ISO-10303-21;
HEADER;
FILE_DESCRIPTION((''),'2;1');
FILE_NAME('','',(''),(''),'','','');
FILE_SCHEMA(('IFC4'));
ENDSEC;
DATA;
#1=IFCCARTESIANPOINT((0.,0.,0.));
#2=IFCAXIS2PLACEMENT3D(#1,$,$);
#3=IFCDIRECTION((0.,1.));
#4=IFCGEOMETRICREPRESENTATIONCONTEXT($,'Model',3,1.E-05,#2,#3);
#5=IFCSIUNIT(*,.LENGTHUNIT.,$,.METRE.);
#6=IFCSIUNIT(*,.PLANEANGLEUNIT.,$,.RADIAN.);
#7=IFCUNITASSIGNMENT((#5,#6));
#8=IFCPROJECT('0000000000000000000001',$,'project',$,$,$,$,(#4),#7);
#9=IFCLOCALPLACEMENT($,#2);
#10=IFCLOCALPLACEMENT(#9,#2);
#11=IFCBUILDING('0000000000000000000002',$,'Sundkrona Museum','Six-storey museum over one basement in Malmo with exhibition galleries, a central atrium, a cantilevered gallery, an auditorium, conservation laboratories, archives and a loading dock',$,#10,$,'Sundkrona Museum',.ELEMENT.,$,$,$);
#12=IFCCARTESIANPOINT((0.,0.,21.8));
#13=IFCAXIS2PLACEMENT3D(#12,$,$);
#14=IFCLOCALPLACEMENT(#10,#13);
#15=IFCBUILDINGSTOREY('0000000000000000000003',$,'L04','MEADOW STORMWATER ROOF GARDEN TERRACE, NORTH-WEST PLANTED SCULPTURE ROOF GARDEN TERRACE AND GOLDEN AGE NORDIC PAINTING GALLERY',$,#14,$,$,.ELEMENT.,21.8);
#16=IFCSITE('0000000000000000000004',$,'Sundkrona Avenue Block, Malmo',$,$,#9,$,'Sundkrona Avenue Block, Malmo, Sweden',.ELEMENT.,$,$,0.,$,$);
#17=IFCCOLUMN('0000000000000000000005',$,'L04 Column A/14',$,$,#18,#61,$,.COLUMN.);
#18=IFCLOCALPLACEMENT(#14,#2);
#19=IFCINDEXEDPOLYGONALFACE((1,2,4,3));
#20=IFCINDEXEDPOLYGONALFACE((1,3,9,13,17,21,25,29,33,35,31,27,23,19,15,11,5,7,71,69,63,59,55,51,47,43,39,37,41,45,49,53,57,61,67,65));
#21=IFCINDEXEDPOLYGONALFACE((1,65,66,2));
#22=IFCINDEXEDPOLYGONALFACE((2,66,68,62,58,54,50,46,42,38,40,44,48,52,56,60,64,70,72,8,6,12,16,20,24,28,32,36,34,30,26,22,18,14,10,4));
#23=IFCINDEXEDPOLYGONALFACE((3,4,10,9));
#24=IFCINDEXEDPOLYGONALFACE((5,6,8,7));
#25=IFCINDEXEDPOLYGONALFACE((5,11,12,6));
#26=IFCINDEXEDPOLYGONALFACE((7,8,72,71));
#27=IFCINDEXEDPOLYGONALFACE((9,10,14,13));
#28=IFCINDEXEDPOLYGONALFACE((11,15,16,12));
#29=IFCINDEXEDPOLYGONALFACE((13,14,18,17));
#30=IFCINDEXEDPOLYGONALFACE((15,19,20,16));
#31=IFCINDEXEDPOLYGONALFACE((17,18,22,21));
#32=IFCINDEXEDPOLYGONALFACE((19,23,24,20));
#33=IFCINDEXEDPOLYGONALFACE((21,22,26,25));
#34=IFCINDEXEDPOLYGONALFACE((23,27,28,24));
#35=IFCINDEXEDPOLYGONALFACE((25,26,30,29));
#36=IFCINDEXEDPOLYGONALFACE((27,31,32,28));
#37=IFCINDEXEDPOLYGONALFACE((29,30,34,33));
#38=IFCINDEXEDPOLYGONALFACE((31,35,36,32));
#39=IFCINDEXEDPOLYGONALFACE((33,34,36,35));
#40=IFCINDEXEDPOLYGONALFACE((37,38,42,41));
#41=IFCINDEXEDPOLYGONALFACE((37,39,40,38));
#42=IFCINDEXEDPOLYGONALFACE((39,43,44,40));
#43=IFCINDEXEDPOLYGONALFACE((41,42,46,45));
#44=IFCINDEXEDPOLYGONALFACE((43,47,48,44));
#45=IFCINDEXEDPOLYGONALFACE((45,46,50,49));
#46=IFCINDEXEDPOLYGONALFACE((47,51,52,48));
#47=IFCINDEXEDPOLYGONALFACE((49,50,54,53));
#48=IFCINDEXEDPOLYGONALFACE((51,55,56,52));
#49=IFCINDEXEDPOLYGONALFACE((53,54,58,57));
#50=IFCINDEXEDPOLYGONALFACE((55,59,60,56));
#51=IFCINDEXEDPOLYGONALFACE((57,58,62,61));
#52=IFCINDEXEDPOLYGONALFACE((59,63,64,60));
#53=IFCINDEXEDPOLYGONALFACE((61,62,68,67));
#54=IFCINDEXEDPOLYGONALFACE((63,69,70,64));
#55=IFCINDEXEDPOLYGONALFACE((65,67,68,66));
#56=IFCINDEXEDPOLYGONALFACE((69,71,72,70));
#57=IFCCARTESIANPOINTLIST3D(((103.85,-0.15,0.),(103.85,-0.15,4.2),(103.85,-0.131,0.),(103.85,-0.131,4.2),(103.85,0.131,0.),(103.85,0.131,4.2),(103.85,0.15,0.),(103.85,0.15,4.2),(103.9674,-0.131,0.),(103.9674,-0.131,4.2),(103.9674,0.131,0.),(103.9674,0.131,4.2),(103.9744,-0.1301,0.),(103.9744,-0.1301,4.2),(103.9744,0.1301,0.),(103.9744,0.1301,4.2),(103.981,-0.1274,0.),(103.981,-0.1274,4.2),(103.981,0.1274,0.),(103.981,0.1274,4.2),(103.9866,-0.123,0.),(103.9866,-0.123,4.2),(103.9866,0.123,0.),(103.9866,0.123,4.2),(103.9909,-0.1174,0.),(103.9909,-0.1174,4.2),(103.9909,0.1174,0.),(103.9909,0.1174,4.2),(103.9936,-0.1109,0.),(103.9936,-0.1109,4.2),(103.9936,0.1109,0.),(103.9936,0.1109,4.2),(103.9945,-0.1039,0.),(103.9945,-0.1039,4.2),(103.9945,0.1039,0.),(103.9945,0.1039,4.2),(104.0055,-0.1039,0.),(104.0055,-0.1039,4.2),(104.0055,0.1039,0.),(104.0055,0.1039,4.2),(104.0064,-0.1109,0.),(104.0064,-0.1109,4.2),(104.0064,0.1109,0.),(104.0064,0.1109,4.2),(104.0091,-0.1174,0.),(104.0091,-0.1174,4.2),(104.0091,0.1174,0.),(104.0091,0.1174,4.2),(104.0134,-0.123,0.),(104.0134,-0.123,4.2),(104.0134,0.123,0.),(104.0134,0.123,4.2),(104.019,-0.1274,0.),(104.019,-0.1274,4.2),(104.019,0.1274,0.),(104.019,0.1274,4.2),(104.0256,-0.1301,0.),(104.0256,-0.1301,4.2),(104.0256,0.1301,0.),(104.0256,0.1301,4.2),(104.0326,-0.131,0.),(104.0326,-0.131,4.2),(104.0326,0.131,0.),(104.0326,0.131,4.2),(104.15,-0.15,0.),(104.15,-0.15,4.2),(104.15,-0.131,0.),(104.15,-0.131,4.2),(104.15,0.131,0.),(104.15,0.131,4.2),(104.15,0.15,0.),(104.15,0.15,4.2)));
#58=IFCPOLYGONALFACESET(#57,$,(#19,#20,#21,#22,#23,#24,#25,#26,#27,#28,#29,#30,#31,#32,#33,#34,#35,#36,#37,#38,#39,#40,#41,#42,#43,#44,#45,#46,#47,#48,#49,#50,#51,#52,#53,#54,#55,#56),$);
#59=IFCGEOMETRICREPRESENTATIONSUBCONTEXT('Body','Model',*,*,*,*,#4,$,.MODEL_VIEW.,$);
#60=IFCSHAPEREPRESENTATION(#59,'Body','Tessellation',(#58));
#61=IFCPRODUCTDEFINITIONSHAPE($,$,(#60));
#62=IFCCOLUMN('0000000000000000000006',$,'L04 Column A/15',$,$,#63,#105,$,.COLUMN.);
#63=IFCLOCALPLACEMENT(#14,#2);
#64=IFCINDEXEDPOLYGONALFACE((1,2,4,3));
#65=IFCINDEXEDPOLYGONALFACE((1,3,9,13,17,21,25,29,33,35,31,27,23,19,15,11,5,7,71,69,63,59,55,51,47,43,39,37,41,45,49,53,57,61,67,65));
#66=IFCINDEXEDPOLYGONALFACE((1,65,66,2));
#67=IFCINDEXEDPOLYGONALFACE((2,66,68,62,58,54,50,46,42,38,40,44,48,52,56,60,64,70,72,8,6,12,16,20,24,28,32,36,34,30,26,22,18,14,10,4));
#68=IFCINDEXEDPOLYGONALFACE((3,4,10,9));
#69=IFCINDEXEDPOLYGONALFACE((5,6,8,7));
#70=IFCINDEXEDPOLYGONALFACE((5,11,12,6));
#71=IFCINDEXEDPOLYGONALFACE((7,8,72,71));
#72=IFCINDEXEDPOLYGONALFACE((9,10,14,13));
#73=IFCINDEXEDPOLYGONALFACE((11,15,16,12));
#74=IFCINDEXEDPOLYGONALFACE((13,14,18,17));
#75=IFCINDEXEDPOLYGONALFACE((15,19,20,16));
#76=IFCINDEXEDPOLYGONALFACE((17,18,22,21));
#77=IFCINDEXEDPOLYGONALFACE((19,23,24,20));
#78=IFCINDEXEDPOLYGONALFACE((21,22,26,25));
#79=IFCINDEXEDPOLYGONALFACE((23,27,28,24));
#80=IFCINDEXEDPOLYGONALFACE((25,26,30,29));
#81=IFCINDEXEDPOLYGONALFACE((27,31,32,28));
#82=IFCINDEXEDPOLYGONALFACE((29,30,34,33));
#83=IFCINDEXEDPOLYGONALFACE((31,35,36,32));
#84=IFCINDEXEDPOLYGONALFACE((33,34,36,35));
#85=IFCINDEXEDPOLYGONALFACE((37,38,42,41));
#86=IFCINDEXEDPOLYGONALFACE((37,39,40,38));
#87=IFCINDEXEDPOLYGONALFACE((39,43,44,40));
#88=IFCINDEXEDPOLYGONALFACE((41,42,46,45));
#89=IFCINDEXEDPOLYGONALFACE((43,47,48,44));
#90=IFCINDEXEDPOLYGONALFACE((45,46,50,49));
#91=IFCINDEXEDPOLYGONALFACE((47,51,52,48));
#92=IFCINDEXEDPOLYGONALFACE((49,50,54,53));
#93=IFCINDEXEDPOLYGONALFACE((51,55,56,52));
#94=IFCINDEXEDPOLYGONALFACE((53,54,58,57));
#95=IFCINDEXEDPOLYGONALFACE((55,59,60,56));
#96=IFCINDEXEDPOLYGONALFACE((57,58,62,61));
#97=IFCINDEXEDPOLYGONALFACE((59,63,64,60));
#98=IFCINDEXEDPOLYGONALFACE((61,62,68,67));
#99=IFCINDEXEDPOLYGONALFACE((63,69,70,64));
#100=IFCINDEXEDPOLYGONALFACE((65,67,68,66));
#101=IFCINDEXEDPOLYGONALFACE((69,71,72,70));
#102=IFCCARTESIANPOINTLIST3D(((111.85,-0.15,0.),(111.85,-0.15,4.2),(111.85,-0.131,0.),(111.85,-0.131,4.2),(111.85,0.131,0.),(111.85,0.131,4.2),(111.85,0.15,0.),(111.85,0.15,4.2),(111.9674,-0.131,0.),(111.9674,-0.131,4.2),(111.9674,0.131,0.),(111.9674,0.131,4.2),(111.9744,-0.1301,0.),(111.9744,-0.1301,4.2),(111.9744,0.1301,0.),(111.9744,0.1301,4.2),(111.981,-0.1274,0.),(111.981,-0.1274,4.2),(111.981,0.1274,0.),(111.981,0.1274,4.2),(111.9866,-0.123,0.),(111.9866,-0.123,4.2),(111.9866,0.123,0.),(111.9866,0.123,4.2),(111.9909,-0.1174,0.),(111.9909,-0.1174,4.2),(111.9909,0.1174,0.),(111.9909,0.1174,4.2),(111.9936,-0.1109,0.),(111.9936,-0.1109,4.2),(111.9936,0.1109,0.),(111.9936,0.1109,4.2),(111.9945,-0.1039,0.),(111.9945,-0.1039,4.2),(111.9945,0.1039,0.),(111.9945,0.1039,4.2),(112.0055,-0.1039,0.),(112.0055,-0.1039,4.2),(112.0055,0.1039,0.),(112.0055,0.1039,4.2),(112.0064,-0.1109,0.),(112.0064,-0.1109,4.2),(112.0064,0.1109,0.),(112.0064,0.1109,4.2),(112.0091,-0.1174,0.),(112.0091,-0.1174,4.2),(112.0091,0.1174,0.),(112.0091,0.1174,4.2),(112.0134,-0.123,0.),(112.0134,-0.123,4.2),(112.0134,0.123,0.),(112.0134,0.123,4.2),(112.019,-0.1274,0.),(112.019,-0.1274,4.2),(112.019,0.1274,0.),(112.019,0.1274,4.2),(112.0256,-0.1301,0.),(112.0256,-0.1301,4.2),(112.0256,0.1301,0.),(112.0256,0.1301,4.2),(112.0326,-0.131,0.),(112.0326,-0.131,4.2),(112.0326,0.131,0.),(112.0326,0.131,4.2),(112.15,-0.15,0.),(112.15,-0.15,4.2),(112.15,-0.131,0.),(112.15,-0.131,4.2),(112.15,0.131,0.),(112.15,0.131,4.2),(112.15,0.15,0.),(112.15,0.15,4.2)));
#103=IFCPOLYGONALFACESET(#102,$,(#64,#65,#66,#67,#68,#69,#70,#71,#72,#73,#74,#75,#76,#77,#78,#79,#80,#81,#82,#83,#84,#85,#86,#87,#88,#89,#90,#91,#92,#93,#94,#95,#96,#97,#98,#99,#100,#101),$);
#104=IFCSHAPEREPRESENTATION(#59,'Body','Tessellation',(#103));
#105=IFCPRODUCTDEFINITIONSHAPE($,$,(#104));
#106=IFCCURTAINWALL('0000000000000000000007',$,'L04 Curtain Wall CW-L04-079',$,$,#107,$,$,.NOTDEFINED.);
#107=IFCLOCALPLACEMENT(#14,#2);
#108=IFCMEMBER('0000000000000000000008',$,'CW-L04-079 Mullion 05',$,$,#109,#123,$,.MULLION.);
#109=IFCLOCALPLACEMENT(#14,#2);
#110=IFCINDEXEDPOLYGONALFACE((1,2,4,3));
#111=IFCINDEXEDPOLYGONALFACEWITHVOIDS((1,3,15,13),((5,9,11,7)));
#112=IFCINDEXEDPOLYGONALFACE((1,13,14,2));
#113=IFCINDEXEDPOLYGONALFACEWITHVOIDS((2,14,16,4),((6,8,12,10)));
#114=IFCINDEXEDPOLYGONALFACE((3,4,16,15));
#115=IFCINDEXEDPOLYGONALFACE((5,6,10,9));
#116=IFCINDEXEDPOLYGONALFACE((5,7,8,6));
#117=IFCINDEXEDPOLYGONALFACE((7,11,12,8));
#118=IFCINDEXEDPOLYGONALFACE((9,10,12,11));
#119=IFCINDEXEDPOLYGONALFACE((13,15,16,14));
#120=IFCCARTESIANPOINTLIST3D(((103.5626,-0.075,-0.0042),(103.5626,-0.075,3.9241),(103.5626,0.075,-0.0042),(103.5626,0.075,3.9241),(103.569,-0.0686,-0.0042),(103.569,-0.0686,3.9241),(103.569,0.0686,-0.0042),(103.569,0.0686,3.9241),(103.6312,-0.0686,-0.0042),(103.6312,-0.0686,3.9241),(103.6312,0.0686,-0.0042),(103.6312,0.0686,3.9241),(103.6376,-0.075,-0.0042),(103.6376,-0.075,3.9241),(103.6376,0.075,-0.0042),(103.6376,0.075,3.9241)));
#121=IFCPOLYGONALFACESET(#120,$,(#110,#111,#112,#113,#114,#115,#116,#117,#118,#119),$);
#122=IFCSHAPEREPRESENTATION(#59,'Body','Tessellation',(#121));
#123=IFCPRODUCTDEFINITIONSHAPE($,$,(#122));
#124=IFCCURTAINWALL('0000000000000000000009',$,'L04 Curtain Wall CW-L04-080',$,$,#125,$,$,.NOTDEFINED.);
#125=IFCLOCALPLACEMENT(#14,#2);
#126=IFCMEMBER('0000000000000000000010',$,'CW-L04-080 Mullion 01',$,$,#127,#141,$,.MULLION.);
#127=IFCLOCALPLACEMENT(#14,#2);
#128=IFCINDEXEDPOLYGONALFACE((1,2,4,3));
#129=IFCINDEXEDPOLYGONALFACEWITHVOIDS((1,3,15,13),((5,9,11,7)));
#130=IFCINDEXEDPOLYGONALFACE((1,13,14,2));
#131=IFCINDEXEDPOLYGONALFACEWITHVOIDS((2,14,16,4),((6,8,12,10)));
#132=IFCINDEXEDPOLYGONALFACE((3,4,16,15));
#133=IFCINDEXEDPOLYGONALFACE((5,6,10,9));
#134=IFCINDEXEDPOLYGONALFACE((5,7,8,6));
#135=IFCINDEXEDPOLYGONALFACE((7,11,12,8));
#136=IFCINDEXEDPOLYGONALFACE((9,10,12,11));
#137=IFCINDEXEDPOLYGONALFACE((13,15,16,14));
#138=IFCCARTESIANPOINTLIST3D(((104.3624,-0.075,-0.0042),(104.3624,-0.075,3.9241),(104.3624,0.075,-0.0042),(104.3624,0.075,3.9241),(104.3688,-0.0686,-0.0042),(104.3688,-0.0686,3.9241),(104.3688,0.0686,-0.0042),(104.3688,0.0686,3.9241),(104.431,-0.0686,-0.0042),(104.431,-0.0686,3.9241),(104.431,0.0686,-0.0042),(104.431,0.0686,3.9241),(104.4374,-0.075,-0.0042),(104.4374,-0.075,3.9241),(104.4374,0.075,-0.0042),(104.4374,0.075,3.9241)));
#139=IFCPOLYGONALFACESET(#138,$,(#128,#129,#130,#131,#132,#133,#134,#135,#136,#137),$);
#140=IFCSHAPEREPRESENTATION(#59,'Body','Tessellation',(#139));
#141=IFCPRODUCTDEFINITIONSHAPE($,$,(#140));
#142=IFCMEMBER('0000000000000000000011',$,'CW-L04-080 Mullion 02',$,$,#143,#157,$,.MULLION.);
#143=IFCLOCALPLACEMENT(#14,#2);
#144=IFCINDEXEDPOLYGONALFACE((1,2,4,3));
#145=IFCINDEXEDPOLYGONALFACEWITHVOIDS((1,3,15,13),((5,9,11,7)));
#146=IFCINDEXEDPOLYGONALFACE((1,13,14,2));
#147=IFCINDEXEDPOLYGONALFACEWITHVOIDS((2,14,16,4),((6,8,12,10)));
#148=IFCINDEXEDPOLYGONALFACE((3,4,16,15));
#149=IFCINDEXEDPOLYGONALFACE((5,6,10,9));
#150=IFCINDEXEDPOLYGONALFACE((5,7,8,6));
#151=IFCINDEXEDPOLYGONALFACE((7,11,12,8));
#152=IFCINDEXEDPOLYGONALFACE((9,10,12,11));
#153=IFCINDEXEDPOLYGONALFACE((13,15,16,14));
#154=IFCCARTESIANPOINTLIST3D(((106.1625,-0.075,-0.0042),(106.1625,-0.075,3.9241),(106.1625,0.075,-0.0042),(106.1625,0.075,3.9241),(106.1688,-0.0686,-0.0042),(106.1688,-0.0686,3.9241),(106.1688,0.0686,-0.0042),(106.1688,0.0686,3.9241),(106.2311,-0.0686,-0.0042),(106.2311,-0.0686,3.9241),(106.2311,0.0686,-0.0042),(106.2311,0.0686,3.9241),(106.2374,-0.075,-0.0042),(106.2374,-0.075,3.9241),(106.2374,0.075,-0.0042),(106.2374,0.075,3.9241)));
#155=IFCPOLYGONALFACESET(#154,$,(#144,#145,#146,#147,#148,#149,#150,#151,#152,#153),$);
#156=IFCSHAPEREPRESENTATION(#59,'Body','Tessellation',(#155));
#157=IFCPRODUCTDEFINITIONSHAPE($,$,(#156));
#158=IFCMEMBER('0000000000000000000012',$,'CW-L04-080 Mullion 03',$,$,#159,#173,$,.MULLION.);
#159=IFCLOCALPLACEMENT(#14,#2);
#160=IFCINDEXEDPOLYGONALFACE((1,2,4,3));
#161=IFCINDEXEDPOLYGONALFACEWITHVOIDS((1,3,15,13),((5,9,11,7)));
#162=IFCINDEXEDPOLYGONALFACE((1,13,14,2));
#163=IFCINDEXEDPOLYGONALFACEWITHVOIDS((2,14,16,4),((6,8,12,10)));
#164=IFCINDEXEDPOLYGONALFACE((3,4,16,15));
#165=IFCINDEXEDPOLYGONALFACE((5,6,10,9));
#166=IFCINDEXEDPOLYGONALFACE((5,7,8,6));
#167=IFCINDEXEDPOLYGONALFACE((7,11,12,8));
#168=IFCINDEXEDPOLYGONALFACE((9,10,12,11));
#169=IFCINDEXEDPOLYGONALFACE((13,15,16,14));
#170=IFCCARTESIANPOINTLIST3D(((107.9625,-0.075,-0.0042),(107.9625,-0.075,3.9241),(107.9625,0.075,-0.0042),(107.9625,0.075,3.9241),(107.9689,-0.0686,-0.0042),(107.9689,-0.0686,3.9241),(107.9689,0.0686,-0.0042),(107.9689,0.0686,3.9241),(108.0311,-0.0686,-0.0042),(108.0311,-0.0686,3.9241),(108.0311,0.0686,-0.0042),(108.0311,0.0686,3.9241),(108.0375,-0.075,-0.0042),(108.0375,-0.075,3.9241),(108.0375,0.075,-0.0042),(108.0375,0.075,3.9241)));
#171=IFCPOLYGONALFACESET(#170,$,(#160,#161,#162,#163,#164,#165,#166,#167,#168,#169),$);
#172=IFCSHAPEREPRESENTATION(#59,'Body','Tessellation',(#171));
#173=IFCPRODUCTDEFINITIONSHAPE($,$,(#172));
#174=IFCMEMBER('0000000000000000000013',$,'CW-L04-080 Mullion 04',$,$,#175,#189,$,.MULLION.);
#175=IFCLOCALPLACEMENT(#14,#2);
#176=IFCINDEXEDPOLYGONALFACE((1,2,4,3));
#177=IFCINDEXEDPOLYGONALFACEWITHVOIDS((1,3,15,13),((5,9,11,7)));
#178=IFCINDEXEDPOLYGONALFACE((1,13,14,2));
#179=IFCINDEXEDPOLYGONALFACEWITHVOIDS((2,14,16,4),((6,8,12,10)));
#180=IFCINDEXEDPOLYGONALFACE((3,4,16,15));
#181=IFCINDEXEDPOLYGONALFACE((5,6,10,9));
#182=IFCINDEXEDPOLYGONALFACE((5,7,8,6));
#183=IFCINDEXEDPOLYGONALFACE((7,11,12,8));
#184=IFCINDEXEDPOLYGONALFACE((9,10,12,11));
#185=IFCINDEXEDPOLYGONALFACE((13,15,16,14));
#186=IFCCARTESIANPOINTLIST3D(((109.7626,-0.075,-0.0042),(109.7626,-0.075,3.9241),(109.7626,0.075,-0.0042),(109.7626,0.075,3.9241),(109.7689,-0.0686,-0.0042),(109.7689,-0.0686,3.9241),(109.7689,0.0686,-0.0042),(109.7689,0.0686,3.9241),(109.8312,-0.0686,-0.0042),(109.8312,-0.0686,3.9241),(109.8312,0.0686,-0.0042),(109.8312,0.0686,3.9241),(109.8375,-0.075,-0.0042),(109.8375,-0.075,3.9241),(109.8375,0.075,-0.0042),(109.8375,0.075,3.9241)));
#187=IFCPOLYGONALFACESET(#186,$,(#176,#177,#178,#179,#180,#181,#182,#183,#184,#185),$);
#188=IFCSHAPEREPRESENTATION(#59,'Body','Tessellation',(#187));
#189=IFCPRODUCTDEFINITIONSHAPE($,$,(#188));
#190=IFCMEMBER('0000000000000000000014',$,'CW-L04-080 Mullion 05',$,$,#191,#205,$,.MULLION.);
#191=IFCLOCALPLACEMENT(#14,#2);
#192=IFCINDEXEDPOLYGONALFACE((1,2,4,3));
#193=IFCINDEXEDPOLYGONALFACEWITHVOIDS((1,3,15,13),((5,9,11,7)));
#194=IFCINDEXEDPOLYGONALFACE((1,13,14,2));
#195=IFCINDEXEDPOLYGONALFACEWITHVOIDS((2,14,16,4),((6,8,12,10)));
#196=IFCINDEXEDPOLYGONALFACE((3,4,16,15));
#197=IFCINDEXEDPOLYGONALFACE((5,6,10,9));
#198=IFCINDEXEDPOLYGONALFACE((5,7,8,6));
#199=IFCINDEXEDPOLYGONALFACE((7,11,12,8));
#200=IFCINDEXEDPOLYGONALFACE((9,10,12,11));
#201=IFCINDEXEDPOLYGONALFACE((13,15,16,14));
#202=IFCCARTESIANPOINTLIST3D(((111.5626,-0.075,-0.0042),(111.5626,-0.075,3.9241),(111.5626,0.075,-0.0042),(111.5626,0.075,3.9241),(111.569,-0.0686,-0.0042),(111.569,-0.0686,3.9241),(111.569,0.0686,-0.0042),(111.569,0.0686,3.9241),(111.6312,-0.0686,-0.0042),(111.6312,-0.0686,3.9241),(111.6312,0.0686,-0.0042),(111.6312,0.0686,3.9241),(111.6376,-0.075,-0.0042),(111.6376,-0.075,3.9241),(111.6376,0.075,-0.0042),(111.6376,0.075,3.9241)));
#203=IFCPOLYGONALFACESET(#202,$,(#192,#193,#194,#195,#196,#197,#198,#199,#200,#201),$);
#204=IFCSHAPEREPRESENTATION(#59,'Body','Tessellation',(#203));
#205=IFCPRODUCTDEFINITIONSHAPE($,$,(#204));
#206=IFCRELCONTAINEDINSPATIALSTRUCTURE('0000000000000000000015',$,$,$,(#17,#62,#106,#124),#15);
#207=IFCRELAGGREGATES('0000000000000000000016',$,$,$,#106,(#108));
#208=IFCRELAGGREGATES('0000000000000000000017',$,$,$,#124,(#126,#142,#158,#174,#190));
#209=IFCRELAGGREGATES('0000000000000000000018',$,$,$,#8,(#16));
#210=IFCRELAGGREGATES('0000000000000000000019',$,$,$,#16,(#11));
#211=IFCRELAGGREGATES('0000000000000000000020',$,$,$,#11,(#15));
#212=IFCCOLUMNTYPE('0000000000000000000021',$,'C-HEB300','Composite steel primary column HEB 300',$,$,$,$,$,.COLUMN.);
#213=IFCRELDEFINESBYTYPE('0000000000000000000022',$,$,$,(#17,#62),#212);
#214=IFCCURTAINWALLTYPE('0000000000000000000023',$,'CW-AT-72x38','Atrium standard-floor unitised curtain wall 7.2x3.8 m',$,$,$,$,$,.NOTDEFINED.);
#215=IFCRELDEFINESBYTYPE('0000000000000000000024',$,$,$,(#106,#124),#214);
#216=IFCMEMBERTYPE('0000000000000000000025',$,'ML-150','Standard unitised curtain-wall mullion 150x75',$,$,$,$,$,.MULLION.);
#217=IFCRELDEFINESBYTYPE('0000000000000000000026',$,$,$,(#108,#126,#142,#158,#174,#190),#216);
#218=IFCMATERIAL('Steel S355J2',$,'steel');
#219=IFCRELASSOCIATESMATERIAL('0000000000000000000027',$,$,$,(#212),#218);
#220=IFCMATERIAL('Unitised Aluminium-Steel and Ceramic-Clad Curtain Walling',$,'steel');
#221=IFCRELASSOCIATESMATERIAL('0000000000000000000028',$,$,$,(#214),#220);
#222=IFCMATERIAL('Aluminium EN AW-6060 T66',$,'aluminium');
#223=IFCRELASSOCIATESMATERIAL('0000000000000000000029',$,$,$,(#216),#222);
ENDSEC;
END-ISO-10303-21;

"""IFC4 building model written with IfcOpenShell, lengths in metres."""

from ifc_helpers import new_model, si_unit, direction, frame, origin, origin_2d, place, context, subcontext, project, spatial, hollow_rectangle, i_section, extrude, material, material_profile, profile_set, type_object, element, aggregate, save


model = new_model("IFC4")

# Units and contexts
model_context = context("Model", 3, precision=1e-05, world=origin(), true_north=direction((0.0, 1.0)))
body_context = subcontext(model_context, "Body", "Model", "MODEL_VIEW")
ifc_project = project(units=[si_unit("LENGTHUNIT", "METRE"), si_unit("PLANEANGLEUNIT", "RADIAN")], contexts=[model_context])

# Site, building, storey
site_placement = place(None, origin())
site = spatial("IfcSite", under=ifc_project, at=site_placement, Name="Sundkrona Avenue Block, Malmo", LongName="Sundkrona Avenue Block, Malmo, Sweden", CompositionType="ELEMENT", RefElevation=0.0)
building_placement = place(site_placement, origin())
building = spatial("IfcBuilding", under=site, at=building_placement, Name="Sundkrona Museum", Description="Six-storey museum over one basement in Malmo with exhibition galleries, a central atrium, a cantilevered gallery, an auditorium, conservation laboratories, archives and a loading dock", LongName="Sundkrona Museum", CompositionType="ELEMENT")
storey_placement = place(building_placement, frame((0.0, 0.0, 21.8)))
storey = spatial("IfcBuildingStorey", under=building, at=storey_placement, Name="L04", Description="MEADOW STORMWATER ROOF GARDEN TERRACE, NORTH-WEST PLANTED SCULPTURE ROOF GARDEN TERRACE AND GOLDEN AGE NORDIC PAINTING GALLERY", CompositionType="ELEMENT", Elevation=21.8)

# Columns
ifc_material_1 = material(Name="Steel S355J2", Category="steel")
ifc_material_profile_1 = material_profile(ifc_material_1, i_section(OverallWidth=0.3, OverallDepth=0.3, WebThickness=0.011, FlangeThickness=0.019, FilletRadius=0.0271, at=origin_2d()), Name="HEB 300")
ifc_profile_set_1 = profile_set([ifc_material_profile_1], Name="Steel S355J2")
column_type = type_object("IfcColumnType", Name="C-HEB300", Description="Composite steel primary column HEB 300", PredefinedType="COLUMN", material=ifc_profile_set_1)
for number, where, z_axis, x_axis, name in (
    (1, (104.0, 0.0, 0.0), (0.0, 0.0, 1.0), (1.0, 0.0, 0.0), "L04 Column A/14"),
    (2, (112.0, 0.0, 0.0), (0.0, 0.0, 1.0), (1.0, 0.0, 0.0), "L04 Column A/15"),
):
    element("IfcColumn", number, at=place(storey_placement, frame(where, z_axis=z_axis, x_axis=x_axis)), inside=storey, type_object=column_type, Name=name, PredefinedType="COLUMN", context=body_context, shape_type="SweptSolid", body=[
        extrude(i_section(OverallWidth=0.3, OverallDepth=0.3, WebThickness=0.011, FlangeThickness=0.019, FilletRadius=0.0271, at=origin_2d()), origin(), (0.0, 0.0, 1.0), 4.2),
    ])

# Curtain wall, member
ifc_material_2 = material(Name="Unitised Aluminium-Steel and Ceramic-Clad Curtain Walling", Category="steel")
curtain_wall_type = type_object("IfcCurtainWallType", Name="CW-AT-72x38", Description="Atrium standard-floor unitised curtain wall 7.2x3.8 m", PredefinedType="NOTDEFINED", material=ifc_material_2)
curtain_wall_1_placement = place(storey_placement, origin())
curtain_wall_1 = element("IfcCurtainWall", 3, at=curtain_wall_1_placement, inside=storey, type_object=curtain_wall_type, Name="L04 Curtain Wall CW-L04-079", PredefinedType="NOTDEFINED")
ifc_material_3 = material(Name="Aluminium EN AW-6060 T66", Category="aluminium")
ifc_material_profile_2 = material_profile(ifc_material_3, hollow_rectangle(XDim=0.075, YDim=0.1499, WallThickness=0.0063, at=origin_2d()), Name="RHS 150x75x6.3")
ifc_profile_set_2 = profile_set([ifc_material_profile_2], Name="Aluminium EN AW-6060 T66")
member_type_1 = type_object("IfcMemberType", Name="ML-150", Description="Standard unitised curtain-wall mullion 150x75", PredefinedType="MULLION", material=ifc_profile_set_2)
member_1_placement = place(storey_placement, frame((103.6001, 0.0, -0.0042), z_axis=(0.0, 0.0, 1.0), x_axis=(1.0, 0.0, 0.0)))
member_1 = element("IfcMember", 4, at=member_1_placement, type_object=member_type_1, Name="CW-L04-079 Mullion 05", PredefinedType="MULLION", context=body_context, shape_type="SweptSolid", body=[
    extrude(hollow_rectangle(XDim=0.075, YDim=0.1499, WallThickness=0.0063, at=origin_2d()), origin(), (0.0, 0.0, 1.0), 3.9282),
])

# Curtain wall, members
curtain_wall_2_placement = place(storey_placement, origin())
curtain_wall_2 = element("IfcCurtainWall", 5, at=curtain_wall_2_placement, inside=storey, type_object=curtain_wall_type, Name="L04 Curtain Wall CW-L04-080", PredefinedType="NOTDEFINED")
member_2_placement = place(storey_placement, frame((104.3999, 0.0, -0.0042), z_axis=(0.0, 0.0, 1.0), x_axis=(1.0, 0.0, 0.0)))
member_2 = element("IfcMember", 6, at=member_2_placement, type_object=member_type_1, Name="CW-L04-080 Mullion 01", PredefinedType="MULLION", context=body_context, shape_type="SweptSolid", body=[
    extrude(hollow_rectangle(XDim=0.075, YDim=0.1499, WallThickness=0.0063, at=origin_2d()), origin(), (0.0, 0.0, 1.0), 3.9282),
])
member_3_placement = place(storey_placement, frame((106.2, 0.0, -0.0042), z_axis=(0.0, 0.0, 1.0), x_axis=(1.0, 0.0, 0.0)))
member_3 = element("IfcMember", 7, at=member_3_placement, type_object=member_type_1, Name="CW-L04-080 Mullion 02", PredefinedType="MULLION", context=body_context, shape_type="SweptSolid", body=[
    extrude(hollow_rectangle(XDim=0.075, YDim=0.1499, WallThickness=0.0063, at=origin_2d()), origin(), (0.0, 0.0, 1.0), 3.9282),
])
member_4_placement = place(storey_placement, frame((108.0, 0.0, -0.0042), z_axis=(0.0, 0.0, 1.0), x_axis=(1.0, 0.0, 0.0)))
member_4 = element("IfcMember", 8, at=member_4_placement, type_object=member_type_1, Name="CW-L04-080 Mullion 03", PredefinedType="MULLION", context=body_context, shape_type="SweptSolid", body=[
    extrude(hollow_rectangle(XDim=0.075, YDim=0.1499, WallThickness=0.0063, at=origin_2d()), origin(), (0.0, 0.0, 1.0), 3.9282),
])
member_5_placement = place(storey_placement, frame((109.8, 0.0, -0.0042), z_axis=(0.0, 0.0, 1.0), x_axis=(1.0, 0.0, 0.0)))
member_5 = element("IfcMember", 9, at=member_5_placement, type_object=member_type_1, Name="CW-L04-080 Mullion 04", PredefinedType="MULLION", context=body_context, shape_type="SweptSolid", body=[
    extrude(hollow_rectangle(XDim=0.075, YDim=0.1499, WallThickness=0.0063, at=origin_2d()), origin(), (0.0, 0.0, 1.0), 3.9282),
])
member_6_placement = place(storey_placement, frame((111.6001, 0.0, -0.0042), z_axis=(0.0, 0.0, 1.0), x_axis=(1.0, 0.0, 0.0)))
member_6 = element("IfcMember", 10, at=member_6_placement, type_object=member_type_1, Name="CW-L04-080 Mullion 05", PredefinedType="MULLION", context=body_context, shape_type="SweptSolid", body=[
    extrude(hollow_rectangle(XDim=0.075, YDim=0.1499, WallThickness=0.0063, at=origin_2d()), origin(), (0.0, 0.0, 1.0), 3.9282),
])

aggregate(curtain_wall_1, [member_1])
aggregate(curtain_wall_2, [member_2, member_3, member_4, member_5, member_6])

save(model, "model.ifc")
